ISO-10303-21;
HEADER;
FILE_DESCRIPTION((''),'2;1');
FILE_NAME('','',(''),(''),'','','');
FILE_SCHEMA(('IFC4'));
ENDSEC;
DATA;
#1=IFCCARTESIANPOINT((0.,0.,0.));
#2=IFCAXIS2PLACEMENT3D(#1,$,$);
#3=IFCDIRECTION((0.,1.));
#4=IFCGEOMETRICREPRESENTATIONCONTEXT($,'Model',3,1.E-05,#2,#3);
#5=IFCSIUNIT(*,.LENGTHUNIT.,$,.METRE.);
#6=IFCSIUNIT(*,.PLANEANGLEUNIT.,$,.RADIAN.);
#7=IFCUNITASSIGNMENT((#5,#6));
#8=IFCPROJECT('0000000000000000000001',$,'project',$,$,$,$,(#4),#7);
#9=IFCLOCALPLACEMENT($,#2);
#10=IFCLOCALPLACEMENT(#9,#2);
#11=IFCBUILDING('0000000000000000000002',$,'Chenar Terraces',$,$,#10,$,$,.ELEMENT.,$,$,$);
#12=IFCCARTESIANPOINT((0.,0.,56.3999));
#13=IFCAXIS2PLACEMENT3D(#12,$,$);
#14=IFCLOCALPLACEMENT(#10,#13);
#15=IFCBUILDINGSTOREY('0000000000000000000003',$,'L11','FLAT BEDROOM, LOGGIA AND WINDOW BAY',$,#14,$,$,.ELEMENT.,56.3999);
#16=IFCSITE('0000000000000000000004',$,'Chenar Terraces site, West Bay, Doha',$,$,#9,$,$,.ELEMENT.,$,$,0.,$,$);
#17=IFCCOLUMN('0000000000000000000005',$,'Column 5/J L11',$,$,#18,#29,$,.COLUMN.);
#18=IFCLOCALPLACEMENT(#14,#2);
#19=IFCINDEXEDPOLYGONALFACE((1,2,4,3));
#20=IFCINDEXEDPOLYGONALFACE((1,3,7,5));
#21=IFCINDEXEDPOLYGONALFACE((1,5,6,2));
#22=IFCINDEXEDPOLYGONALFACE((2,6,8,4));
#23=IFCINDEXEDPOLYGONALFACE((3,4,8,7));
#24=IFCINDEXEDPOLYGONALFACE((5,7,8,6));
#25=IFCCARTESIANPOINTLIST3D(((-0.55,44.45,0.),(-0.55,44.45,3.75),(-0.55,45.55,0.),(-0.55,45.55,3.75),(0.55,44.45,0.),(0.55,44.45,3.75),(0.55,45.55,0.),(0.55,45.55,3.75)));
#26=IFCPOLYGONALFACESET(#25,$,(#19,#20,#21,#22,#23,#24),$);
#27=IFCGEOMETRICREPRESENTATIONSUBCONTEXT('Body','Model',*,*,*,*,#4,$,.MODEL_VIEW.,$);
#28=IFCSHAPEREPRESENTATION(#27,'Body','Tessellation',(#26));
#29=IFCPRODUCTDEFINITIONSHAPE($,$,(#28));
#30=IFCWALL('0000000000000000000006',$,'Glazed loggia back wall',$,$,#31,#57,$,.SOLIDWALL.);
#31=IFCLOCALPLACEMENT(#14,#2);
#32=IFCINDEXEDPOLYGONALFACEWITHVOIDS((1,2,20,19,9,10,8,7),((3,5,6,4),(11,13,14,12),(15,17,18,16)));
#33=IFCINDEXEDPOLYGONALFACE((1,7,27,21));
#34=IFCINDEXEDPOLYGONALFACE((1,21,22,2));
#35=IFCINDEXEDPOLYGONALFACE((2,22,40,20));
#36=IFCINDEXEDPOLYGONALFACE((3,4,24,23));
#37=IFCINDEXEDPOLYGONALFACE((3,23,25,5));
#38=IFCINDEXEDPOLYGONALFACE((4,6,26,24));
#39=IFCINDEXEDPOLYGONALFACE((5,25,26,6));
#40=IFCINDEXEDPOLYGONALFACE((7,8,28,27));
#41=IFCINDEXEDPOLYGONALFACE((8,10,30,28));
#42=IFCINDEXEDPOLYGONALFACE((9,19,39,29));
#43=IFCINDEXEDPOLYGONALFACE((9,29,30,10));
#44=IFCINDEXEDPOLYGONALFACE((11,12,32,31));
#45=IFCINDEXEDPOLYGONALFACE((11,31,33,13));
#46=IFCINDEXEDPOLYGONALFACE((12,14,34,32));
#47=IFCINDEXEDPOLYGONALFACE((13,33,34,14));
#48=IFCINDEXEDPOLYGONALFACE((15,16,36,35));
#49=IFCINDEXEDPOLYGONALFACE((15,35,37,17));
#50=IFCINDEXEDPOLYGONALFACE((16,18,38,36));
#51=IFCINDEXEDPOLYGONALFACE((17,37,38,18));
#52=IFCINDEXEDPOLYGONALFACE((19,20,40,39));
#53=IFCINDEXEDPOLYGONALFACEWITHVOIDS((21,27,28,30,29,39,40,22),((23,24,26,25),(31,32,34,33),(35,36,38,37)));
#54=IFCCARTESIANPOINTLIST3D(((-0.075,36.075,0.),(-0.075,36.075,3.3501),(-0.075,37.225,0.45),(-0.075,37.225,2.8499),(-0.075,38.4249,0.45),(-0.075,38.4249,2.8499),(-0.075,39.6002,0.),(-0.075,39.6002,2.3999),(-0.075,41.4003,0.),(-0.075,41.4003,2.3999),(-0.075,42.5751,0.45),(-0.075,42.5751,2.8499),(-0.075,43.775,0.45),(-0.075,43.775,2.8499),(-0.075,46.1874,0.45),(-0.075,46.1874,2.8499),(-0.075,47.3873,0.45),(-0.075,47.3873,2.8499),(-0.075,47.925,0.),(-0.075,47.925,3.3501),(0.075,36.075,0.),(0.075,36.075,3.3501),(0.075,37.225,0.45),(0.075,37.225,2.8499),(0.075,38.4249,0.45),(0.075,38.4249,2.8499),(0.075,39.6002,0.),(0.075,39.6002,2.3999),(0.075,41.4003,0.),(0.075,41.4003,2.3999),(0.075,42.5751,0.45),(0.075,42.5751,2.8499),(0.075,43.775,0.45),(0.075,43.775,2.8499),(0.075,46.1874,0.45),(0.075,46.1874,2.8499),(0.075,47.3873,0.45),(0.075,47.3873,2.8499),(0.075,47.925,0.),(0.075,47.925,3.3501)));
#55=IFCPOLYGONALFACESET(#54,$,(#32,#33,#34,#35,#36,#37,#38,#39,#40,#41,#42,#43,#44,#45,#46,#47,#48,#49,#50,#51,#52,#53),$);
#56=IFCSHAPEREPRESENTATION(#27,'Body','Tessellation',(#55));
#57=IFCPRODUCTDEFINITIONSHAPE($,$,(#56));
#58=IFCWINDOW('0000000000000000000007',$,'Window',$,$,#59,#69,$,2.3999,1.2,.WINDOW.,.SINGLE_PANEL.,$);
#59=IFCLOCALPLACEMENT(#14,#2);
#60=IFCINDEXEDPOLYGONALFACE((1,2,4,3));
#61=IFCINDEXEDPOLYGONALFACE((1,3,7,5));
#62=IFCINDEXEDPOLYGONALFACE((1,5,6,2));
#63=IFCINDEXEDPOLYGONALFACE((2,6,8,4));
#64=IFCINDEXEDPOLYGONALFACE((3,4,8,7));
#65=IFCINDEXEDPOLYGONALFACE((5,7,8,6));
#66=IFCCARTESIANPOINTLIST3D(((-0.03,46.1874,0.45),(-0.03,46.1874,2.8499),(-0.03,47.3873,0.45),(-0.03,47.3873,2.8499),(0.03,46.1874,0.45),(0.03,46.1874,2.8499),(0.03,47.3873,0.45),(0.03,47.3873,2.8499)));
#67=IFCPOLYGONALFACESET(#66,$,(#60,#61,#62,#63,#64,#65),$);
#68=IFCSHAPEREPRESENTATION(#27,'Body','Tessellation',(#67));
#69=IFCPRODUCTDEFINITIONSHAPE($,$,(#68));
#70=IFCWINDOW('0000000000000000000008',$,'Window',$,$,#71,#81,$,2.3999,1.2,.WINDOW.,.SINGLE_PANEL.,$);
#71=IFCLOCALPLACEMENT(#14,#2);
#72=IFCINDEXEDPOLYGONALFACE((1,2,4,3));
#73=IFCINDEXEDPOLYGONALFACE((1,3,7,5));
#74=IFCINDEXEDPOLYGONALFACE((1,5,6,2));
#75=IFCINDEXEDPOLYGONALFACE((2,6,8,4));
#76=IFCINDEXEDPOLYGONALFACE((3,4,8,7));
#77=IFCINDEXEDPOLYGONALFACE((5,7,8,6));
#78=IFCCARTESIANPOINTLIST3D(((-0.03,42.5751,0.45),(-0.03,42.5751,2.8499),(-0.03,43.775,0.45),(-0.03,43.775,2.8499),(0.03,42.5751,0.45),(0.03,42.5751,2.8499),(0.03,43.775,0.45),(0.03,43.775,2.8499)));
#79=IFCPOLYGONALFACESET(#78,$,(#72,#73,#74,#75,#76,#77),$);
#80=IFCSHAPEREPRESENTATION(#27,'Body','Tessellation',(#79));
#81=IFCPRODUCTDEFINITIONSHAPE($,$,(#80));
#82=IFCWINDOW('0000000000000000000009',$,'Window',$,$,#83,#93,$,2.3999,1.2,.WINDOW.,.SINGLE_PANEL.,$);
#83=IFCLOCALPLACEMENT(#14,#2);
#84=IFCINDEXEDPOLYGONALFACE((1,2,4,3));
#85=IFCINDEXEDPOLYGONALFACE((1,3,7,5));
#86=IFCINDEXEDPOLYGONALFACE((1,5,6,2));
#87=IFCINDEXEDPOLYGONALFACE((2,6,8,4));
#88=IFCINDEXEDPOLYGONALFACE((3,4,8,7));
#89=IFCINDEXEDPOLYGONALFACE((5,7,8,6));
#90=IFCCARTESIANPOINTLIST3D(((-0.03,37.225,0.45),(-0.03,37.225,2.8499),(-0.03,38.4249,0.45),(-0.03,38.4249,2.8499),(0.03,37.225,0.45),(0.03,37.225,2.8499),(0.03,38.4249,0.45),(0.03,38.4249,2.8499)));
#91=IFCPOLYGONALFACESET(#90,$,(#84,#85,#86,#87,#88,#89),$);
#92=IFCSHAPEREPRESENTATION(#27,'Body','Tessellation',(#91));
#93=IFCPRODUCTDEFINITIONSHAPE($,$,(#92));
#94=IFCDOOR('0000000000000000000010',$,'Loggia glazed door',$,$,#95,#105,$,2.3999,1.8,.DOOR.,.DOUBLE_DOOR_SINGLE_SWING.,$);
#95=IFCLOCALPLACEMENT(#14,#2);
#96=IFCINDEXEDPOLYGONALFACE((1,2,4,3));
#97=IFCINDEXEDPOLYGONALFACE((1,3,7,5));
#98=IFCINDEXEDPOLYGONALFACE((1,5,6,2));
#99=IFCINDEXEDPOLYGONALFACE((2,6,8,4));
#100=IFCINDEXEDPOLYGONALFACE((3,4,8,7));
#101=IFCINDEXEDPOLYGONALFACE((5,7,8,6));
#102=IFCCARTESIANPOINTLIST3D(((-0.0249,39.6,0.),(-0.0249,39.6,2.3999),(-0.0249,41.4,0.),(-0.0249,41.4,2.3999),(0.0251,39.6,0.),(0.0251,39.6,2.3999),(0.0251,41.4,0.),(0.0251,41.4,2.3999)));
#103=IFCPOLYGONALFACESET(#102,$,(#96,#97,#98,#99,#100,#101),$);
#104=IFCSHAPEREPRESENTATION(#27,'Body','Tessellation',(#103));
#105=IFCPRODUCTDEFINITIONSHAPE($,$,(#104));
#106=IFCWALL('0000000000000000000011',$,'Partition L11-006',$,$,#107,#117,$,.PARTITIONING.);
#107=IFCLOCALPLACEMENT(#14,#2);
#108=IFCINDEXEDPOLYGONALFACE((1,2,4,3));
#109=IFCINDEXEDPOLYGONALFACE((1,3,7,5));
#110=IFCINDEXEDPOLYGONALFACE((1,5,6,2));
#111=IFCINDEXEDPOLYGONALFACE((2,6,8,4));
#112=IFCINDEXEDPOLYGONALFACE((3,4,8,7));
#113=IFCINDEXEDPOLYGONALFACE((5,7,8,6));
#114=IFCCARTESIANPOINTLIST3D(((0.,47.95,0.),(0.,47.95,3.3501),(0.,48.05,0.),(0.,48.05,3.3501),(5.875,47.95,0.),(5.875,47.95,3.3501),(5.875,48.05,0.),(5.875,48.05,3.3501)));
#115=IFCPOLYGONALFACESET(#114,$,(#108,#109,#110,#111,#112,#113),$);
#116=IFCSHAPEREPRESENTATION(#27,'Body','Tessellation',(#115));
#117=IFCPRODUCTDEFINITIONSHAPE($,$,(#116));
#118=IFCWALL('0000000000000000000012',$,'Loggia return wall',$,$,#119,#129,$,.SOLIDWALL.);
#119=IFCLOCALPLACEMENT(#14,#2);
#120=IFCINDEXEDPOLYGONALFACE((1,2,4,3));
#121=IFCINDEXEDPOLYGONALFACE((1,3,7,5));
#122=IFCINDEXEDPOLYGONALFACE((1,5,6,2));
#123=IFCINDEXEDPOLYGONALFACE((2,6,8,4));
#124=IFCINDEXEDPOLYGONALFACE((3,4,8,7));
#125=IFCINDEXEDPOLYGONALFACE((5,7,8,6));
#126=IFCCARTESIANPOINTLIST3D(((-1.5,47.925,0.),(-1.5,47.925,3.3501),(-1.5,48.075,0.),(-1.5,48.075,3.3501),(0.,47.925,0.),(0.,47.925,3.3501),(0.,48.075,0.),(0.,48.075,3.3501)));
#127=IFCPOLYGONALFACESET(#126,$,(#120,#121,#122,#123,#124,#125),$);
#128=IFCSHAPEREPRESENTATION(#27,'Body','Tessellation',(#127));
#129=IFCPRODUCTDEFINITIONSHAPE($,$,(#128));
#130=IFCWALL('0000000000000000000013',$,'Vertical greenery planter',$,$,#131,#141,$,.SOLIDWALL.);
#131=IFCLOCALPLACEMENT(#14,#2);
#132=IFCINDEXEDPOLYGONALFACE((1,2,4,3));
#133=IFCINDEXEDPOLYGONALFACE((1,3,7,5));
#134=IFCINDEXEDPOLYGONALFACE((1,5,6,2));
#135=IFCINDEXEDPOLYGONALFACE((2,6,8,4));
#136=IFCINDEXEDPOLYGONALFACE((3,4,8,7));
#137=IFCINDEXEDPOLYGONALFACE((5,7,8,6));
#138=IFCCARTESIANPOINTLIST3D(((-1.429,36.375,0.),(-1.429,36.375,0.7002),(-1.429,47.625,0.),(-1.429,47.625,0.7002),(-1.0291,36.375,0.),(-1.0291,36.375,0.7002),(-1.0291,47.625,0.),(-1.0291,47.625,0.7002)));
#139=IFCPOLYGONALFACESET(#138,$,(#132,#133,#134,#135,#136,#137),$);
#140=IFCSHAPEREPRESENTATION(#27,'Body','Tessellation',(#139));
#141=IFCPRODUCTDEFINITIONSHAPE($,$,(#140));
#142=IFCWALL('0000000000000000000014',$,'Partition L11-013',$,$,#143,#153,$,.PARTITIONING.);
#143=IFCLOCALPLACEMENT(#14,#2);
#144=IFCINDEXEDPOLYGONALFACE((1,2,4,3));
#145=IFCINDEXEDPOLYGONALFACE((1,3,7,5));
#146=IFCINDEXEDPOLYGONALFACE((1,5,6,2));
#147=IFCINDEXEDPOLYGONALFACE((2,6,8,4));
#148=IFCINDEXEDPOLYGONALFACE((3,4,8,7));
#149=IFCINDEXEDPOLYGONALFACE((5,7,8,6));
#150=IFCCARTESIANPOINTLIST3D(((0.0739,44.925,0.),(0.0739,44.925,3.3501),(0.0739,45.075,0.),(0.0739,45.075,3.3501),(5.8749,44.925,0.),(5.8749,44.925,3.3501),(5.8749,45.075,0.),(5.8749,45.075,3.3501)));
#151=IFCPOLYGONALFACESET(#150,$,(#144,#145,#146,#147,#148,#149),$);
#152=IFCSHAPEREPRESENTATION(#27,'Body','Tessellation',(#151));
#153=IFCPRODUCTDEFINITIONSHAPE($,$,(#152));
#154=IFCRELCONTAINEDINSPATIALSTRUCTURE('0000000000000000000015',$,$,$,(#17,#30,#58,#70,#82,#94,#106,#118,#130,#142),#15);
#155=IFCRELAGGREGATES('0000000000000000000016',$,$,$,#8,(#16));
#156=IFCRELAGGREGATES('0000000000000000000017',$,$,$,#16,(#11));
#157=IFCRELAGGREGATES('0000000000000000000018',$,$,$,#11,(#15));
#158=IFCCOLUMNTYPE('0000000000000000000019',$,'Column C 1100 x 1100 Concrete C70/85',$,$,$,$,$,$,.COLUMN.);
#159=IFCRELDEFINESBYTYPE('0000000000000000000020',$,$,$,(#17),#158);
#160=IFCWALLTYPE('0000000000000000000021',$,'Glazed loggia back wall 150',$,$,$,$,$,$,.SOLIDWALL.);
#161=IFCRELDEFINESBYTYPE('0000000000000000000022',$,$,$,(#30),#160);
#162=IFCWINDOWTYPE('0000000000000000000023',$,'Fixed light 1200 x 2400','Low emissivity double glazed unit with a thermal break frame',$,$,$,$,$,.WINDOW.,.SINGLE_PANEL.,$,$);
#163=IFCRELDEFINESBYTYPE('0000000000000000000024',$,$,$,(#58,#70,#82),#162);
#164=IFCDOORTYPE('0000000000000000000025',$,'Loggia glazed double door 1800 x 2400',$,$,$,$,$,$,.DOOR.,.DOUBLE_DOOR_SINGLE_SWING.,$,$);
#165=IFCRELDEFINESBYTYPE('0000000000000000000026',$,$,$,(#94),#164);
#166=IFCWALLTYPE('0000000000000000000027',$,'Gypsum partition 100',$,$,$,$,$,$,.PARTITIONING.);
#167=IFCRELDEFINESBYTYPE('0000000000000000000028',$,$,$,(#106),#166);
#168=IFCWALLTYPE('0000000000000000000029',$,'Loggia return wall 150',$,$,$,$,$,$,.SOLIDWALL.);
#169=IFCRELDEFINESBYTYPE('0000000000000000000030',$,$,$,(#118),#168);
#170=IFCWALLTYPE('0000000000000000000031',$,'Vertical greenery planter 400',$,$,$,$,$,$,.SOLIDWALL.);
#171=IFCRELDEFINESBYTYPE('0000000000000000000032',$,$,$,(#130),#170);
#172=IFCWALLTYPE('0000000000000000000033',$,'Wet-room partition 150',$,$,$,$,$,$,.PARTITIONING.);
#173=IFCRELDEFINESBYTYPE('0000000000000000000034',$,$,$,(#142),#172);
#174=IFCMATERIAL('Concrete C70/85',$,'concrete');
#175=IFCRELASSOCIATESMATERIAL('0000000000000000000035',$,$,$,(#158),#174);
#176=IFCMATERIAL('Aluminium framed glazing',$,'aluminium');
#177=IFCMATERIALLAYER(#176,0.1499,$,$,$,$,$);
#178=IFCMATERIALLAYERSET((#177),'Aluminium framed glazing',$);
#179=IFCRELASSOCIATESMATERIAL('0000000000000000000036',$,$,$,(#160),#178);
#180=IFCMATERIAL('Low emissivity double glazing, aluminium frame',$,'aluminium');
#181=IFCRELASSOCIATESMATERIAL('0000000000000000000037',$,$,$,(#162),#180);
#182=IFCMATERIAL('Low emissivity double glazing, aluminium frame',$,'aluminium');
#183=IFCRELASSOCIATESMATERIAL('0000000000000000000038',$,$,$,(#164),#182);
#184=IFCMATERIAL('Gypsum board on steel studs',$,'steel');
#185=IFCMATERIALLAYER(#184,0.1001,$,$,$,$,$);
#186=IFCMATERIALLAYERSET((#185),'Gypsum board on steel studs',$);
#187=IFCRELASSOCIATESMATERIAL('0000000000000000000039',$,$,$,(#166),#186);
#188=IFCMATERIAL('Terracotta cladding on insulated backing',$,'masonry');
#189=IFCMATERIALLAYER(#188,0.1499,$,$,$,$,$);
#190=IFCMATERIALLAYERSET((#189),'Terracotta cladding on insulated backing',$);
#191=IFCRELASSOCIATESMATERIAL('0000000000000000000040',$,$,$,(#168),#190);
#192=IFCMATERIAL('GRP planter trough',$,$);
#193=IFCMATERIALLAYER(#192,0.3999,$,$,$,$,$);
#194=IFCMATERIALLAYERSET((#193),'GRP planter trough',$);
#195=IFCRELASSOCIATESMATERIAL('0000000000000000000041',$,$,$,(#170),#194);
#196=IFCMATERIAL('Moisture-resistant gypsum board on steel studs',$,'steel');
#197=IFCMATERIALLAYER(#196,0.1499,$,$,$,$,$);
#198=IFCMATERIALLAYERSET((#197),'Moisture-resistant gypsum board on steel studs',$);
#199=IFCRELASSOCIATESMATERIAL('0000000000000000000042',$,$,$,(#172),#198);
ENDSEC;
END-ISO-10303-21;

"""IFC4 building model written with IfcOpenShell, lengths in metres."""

from ifc_helpers import new_model, si_unit, direction, frame, frame_2d, origin, origin_2d, place, context, subcontext, project, spatial, rectangle, extrude, material, layer, layer_set, material_profile, profile_set, type_object, element, fill, save


model = new_model("IFC4")

# Units and contexts
model_context = context("Model", 3, precision=1e-05, world=origin(), true_north=direction((0.0, 1.0)))
body_context = subcontext(model_context, "Body", "Model", "MODEL_VIEW")
ifc_project = project(units=[si_unit("LENGTHUNIT", "METRE"), si_unit("PLANEANGLEUNIT", "RADIAN")], contexts=[model_context])

# Site, building, storey
site_placement = place(None, origin())
site = spatial("IfcSite", under=ifc_project, at=site_placement, Name="Chenar Terraces site, West Bay, Doha", CompositionType="ELEMENT", RefElevation=0.0)
building_placement = place(site_placement, origin())
building = spatial("IfcBuilding", under=site, at=building_placement, Name="Chenar Terraces", CompositionType="ELEMENT")
storey_placement = place(building_placement, frame((0.0, 0.0, 56.3999)))
storey = spatial("IfcBuildingStorey", under=building, at=storey_placement, Name="L11", Description="FLAT BEDROOM, LOGGIA AND WINDOW BAY", CompositionType="ELEMENT", Elevation=56.3999)

# Column
ifc_material_1 = material(Name="Concrete C70/85", Category="concrete")
ifc_material_profile_1 = material_profile(ifc_material_1, rectangle(XDim=1.1001, YDim=1.1001, at=origin_2d()), Name="C 1100 x 1100")
ifc_profile_set_1 = profile_set([ifc_material_profile_1], Name="Concrete C70/85")
column_type = type_object("IfcColumnType", Name="Column C 1100 x 1100 Concrete C70/85", PredefinedType="COLUMN", material=ifc_profile_set_1)
column_placement = place(storey_placement, frame((0.0, 45.0, 0.0), z_axis=(0.0, 0.0, 1.0), x_axis=(1.0, 0.0, 0.0)))
element("IfcColumn", 1, at=column_placement, inside=storey, type_object=column_type, Name="Column 5/J L11", PredefinedType="COLUMN", context=body_context, shape_type="SweptSolid", body=[
    extrude(rectangle(XDim=1.1001, YDim=1.1001, at=origin_2d()), origin(), (0.0, 0.0, 1.0), 3.75),
])

# Wall, openings, windows, door
ifc_material_2 = material(Name="Aluminium framed glazing", Category="aluminium")
ifc_layer_1 = layer(ifc_material_2, 0.1499)
ifc_layer_set_1 = layer_set([ifc_layer_1], Name="Aluminium framed glazing")
wall_type_1 = type_object("IfcWallType", Name="Glazed loggia back wall 150", PredefinedType="SOLIDWALL", material=ifc_layer_set_1)
wall_1_placement = place(storey_placement, frame((0.0, 47.925, 0.0), z_axis=(0.0, 0.0, 1.0), x_axis=(0.0, -1.0, 0.0)))
wall_1 = element("IfcWall", 2, at=wall_1_placement, inside=storey, type_object=wall_type_1, Name="Glazed loggia back wall", PredefinedType="SOLIDWALL", context=body_context, shape_type="SweptSolid", body=[
    extrude(rectangle(XDim=11.8501, YDim=0.1499, at=frame_2d((5.925, 0.0))), origin(), (0.0, 0.0, 1.0), 3.3501),
])
opening_1_placement = place(wall_1_placement, frame((0.5376, 0.0, 0.45)))
opening_1 = element("IfcOpeningElement", 3, at=opening_1_placement, cuts=wall_1, PredefinedType="OPENING", context=body_context, shape_type="SweptSolid", body=[
    extrude(rectangle(XDim=1.2, YDim=2.3999, at=frame_2d((0.6001, 1.2))), frame((0.0, 0.085, 0.0), z_axis=(0.0, -1.0, 0.0), x_axis=(1.0, 0.0, 0.0)), (0.0, 0.0, 1.0), 0.1699),
])
opening_2_placement = place(wall_1_placement, frame((4.1499, 0.0, 0.45)))
opening_2 = element("IfcOpeningElement", 4, at=opening_2_placement, cuts=wall_1, PredefinedType="OPENING", context=body_context, shape_type="SweptSolid", body=[
    extrude(rectangle(XDim=1.2, YDim=2.3999, at=frame_2d((0.6001, 1.2))), frame((0.0, 0.085, 0.0), z_axis=(0.0, -1.0, 0.0), x_axis=(1.0, 0.0, 0.0)), (0.0, 0.0, 1.0), 0.1699),
])
opening_3_placement = place(wall_1_placement, frame((6.5249, 0.0, 0.0)))
opening_3 = element("IfcOpeningElement", 5, at=opening_3_placement, cuts=wall_1, PredefinedType="OPENING", context=body_context, shape_type="SweptSolid", body=[
    extrude(rectangle(XDim=1.8, YDim=2.3999, at=frame_2d((0.8999, 1.2))), frame((0.0, 0.085, 0.0), z_axis=(0.0, -1.0, 0.0), x_axis=(1.0, 0.0, 0.0)), (0.0, 0.0, 1.0), 0.1699),
])
opening_4_placement = place(wall_1_placement, frame((9.5, 0.0, 0.45)))
opening_4 = element("IfcOpeningElement", 6, at=opening_4_placement, cuts=wall_1, PredefinedType="OPENING", context=body_context, shape_type="SweptSolid", body=[
    extrude(rectangle(XDim=1.2, YDim=2.3999, at=frame_2d((0.6001, 1.2))), frame((0.0, 0.085, 0.0), z_axis=(0.0, -1.0, 0.0), x_axis=(1.0, 0.0, 0.0)), (0.0, 0.0, 1.0), 0.1699),
])
ifc_material_3 = material(Name="Low emissivity double glazing, aluminium frame", Category="aluminium")
window_type = type_object("IfcWindowType", Name="Fixed light 1200 x 2400", Description="Low emissivity double glazed unit with a thermal break frame", PartitioningType="SINGLE_PANEL", PredefinedType="WINDOW", material=ifc_material_3)
window_1_placement = place(opening_1_placement, origin())
window_1 = element("IfcWindow", 7, at=window_1_placement, inside=storey, type_object=window_type, Name="Window", OverallHeight=2.3999, OverallWidth=1.2, PartitioningType="SINGLE_PANEL", PredefinedType="WINDOW", context=body_context, shape_type="SweptSolid", body=[
    extrude(rectangle(XDim=1.2, YDim=2.3999, at=frame_2d((0.6001, 1.2))), frame((0.0, 0.03, 0.0), z_axis=(0.0, -1.0, 0.0), x_axis=(1.0, 0.0, 0.0)), (0.0, 0.0, 1.0), 0.0601),
])
fill(opening_1, window_1)
window_2_placement = place(opening_2_placement, origin())
window_2 = element("IfcWindow", 8, at=window_2_placement, inside=storey, type_object=window_type, Name="Window", OverallHeight=2.3999, OverallWidth=1.2, PartitioningType="SINGLE_PANEL", PredefinedType="WINDOW", context=body_context, shape_type="SweptSolid", body=[
    extrude(rectangle(XDim=1.2, YDim=2.3999, at=frame_2d((0.6001, 1.2))), frame((0.0, 0.03, 0.0), z_axis=(0.0, -1.0, 0.0), x_axis=(1.0, 0.0, 0.0)), (0.0, 0.0, 1.0), 0.0601),
])
fill(opening_2, window_2)
window_3_placement = place(opening_4_placement, origin())
window_3 = element("IfcWindow", 9, at=window_3_placement, inside=storey, type_object=window_type, Name="Window", OverallHeight=2.3999, OverallWidth=1.2, PartitioningType="SINGLE_PANEL", PredefinedType="WINDOW", context=body_context, shape_type="SweptSolid", body=[
    extrude(rectangle(XDim=1.2, YDim=2.3999, at=frame_2d((0.6001, 1.2))), frame((0.0, 0.03, 0.0), z_axis=(0.0, -1.0, 0.0), x_axis=(1.0, 0.0, 0.0)), (0.0, 0.0, 1.0), 0.0601),
])
fill(opening_4, window_3)
ifc_material_4 = material(Name="Low emissivity double glazing, aluminium frame", Category="aluminium")
door_type_1 = type_object("IfcDoorType", Name="Loggia glazed double door 1800 x 2400", OperationType="DOUBLE_DOOR_SINGLE_SWING", PredefinedType="DOOR", material=ifc_material_4)
door_1_placement = place(opening_3_placement, frame((1.8, 0.0, 0.0), z_axis=(0.0, 0.0, 1.0), x_axis=(-1.0, 0.0, 0.0)))
door_1 = element("IfcDoor", 10, at=door_1_placement, inside=storey, type_object=door_type_1, Name="Loggia glazed door", OperationType="DOUBLE_DOOR_SINGLE_SWING", OverallHeight=2.3999, OverallWidth=1.8, PredefinedType="DOOR", context=body_context, shape_type="SweptSolid", body=[
    extrude(rectangle(XDim=1.8, YDim=2.3999, at=frame_2d((0.8999, 1.2))), frame((0.0, 0.0249, 0.0), z_axis=(0.0, -1.0, 0.0), x_axis=(1.0, 0.0, 0.0)), (0.0, 0.0, 1.0), 0.05),
])
fill(opening_3, door_1)

# Walls
ifc_material_5 = material(Name="Gypsum board on steel studs", Category="steel")
ifc_layer_2 = layer(ifc_material_5, 0.1001)
ifc_layer_set_2 = layer_set([ifc_layer_2], Name="Gypsum board on steel studs")
wall_type_2 = type_object("IfcWallType", Name="Gypsum partition 100", PredefinedType="PARTITIONING", material=ifc_layer_set_2)
wall_2_placement = place(storey_placement, frame((0.0, 48.0, 0.0), z_axis=(0.0, 0.0, 1.0), x_axis=(1.0, 0.0, 0.0)))
element("IfcWall", 11, at=wall_2_placement, inside=storey, type_object=wall_type_2, Name="Partition L11-006", PredefinedType="PARTITIONING", context=body_context, shape_type="SweptSolid", body=[
    extrude(rectangle(XDim=5.875, YDim=0.1001, at=frame_2d((2.9375, 0.0))), origin(), (0.0, 0.0, 1.0), 3.3501),
])
ifc_material_6 = material(Name="Terracotta cladding on insulated backing", Category="masonry")
ifc_layer_3 = layer(ifc_material_6, 0.1499)
ifc_layer_set_3 = layer_set([ifc_layer_3], Name="Terracotta cladding on insulated backing")
wall_type_3 = type_object("IfcWallType", Name="Loggia return wall 150", PredefinedType="SOLIDWALL", material=ifc_layer_set_3)
wall_3_placement = place(storey_placement, frame((-1.5, 48.0, 0.0), z_axis=(0.0, 0.0, 1.0), x_axis=(1.0, 0.0, 0.0)))
element("IfcWall", 12, at=wall_3_placement, inside=storey, type_object=wall_type_3, Name="Loggia return wall", PredefinedType="SOLIDWALL", context=body_context, shape_type="SweptSolid", body=[
    extrude(rectangle(XDim=1.5, YDim=0.1499, at=frame_2d((0.75, 0.0))), origin(), (0.0, 0.0, 1.0), 3.3501),
])
ifc_material_7 = material(Name="GRP planter trough")
ifc_layer_4 = layer(ifc_material_7, 0.3999)
ifc_layer_set_4 = layer_set([ifc_layer_4], Name="GRP planter trough")
wall_type_4 = type_object("IfcWallType", Name="Vertical greenery planter 400", PredefinedType="SOLIDWALL", material=ifc_layer_set_4)
wall_4_placement = place(storey_placement, frame((-1.229, 47.625, 0.0), z_axis=(0.0, 0.0, 1.0), x_axis=(0.0, -1.0, 0.0)))
element("IfcWall", 13, at=wall_4_placement, inside=storey, type_object=wall_type_4, Name="Vertical greenery planter", PredefinedType="SOLIDWALL", context=body_context, shape_type="SweptSolid", body=[
    extrude(rectangle(XDim=11.25, YDim=0.3999, at=frame_2d((5.625, 0.0))), origin(), (0.0, 0.0, 1.0), 0.7002),
])
ifc_material_8 = material(Name="Moisture-resistant gypsum board on steel studs", Category="steel")
ifc_layer_5 = layer(ifc_material_8, 0.1499)
ifc_layer_set_5 = layer_set([ifc_layer_5], Name="Moisture-resistant gypsum board on steel studs")
wall_type_5 = type_object("IfcWallType", Name="Wet-room partition 150", PredefinedType="PARTITIONING", material=ifc_layer_set_5)
wall_5_placement = place(storey_placement, frame((0.074, 45.0, 0.0), z_axis=(0.0, 0.0, 1.0), x_axis=(1.0, 0.0, 0.0)))
element("IfcWall", 14, at=wall_5_placement, inside=storey, type_object=wall_type_5, Name="Partition L11-013", PredefinedType="PARTITIONING", context=body_context, shape_type="SweptSolid", body=[
    extrude(rectangle(XDim=5.801, YDim=0.1499, at=frame_2d((2.9004, 0.0))), origin(), (0.0, 0.0, 1.0), 3.3501),
])

save(model, "model.ifc")
